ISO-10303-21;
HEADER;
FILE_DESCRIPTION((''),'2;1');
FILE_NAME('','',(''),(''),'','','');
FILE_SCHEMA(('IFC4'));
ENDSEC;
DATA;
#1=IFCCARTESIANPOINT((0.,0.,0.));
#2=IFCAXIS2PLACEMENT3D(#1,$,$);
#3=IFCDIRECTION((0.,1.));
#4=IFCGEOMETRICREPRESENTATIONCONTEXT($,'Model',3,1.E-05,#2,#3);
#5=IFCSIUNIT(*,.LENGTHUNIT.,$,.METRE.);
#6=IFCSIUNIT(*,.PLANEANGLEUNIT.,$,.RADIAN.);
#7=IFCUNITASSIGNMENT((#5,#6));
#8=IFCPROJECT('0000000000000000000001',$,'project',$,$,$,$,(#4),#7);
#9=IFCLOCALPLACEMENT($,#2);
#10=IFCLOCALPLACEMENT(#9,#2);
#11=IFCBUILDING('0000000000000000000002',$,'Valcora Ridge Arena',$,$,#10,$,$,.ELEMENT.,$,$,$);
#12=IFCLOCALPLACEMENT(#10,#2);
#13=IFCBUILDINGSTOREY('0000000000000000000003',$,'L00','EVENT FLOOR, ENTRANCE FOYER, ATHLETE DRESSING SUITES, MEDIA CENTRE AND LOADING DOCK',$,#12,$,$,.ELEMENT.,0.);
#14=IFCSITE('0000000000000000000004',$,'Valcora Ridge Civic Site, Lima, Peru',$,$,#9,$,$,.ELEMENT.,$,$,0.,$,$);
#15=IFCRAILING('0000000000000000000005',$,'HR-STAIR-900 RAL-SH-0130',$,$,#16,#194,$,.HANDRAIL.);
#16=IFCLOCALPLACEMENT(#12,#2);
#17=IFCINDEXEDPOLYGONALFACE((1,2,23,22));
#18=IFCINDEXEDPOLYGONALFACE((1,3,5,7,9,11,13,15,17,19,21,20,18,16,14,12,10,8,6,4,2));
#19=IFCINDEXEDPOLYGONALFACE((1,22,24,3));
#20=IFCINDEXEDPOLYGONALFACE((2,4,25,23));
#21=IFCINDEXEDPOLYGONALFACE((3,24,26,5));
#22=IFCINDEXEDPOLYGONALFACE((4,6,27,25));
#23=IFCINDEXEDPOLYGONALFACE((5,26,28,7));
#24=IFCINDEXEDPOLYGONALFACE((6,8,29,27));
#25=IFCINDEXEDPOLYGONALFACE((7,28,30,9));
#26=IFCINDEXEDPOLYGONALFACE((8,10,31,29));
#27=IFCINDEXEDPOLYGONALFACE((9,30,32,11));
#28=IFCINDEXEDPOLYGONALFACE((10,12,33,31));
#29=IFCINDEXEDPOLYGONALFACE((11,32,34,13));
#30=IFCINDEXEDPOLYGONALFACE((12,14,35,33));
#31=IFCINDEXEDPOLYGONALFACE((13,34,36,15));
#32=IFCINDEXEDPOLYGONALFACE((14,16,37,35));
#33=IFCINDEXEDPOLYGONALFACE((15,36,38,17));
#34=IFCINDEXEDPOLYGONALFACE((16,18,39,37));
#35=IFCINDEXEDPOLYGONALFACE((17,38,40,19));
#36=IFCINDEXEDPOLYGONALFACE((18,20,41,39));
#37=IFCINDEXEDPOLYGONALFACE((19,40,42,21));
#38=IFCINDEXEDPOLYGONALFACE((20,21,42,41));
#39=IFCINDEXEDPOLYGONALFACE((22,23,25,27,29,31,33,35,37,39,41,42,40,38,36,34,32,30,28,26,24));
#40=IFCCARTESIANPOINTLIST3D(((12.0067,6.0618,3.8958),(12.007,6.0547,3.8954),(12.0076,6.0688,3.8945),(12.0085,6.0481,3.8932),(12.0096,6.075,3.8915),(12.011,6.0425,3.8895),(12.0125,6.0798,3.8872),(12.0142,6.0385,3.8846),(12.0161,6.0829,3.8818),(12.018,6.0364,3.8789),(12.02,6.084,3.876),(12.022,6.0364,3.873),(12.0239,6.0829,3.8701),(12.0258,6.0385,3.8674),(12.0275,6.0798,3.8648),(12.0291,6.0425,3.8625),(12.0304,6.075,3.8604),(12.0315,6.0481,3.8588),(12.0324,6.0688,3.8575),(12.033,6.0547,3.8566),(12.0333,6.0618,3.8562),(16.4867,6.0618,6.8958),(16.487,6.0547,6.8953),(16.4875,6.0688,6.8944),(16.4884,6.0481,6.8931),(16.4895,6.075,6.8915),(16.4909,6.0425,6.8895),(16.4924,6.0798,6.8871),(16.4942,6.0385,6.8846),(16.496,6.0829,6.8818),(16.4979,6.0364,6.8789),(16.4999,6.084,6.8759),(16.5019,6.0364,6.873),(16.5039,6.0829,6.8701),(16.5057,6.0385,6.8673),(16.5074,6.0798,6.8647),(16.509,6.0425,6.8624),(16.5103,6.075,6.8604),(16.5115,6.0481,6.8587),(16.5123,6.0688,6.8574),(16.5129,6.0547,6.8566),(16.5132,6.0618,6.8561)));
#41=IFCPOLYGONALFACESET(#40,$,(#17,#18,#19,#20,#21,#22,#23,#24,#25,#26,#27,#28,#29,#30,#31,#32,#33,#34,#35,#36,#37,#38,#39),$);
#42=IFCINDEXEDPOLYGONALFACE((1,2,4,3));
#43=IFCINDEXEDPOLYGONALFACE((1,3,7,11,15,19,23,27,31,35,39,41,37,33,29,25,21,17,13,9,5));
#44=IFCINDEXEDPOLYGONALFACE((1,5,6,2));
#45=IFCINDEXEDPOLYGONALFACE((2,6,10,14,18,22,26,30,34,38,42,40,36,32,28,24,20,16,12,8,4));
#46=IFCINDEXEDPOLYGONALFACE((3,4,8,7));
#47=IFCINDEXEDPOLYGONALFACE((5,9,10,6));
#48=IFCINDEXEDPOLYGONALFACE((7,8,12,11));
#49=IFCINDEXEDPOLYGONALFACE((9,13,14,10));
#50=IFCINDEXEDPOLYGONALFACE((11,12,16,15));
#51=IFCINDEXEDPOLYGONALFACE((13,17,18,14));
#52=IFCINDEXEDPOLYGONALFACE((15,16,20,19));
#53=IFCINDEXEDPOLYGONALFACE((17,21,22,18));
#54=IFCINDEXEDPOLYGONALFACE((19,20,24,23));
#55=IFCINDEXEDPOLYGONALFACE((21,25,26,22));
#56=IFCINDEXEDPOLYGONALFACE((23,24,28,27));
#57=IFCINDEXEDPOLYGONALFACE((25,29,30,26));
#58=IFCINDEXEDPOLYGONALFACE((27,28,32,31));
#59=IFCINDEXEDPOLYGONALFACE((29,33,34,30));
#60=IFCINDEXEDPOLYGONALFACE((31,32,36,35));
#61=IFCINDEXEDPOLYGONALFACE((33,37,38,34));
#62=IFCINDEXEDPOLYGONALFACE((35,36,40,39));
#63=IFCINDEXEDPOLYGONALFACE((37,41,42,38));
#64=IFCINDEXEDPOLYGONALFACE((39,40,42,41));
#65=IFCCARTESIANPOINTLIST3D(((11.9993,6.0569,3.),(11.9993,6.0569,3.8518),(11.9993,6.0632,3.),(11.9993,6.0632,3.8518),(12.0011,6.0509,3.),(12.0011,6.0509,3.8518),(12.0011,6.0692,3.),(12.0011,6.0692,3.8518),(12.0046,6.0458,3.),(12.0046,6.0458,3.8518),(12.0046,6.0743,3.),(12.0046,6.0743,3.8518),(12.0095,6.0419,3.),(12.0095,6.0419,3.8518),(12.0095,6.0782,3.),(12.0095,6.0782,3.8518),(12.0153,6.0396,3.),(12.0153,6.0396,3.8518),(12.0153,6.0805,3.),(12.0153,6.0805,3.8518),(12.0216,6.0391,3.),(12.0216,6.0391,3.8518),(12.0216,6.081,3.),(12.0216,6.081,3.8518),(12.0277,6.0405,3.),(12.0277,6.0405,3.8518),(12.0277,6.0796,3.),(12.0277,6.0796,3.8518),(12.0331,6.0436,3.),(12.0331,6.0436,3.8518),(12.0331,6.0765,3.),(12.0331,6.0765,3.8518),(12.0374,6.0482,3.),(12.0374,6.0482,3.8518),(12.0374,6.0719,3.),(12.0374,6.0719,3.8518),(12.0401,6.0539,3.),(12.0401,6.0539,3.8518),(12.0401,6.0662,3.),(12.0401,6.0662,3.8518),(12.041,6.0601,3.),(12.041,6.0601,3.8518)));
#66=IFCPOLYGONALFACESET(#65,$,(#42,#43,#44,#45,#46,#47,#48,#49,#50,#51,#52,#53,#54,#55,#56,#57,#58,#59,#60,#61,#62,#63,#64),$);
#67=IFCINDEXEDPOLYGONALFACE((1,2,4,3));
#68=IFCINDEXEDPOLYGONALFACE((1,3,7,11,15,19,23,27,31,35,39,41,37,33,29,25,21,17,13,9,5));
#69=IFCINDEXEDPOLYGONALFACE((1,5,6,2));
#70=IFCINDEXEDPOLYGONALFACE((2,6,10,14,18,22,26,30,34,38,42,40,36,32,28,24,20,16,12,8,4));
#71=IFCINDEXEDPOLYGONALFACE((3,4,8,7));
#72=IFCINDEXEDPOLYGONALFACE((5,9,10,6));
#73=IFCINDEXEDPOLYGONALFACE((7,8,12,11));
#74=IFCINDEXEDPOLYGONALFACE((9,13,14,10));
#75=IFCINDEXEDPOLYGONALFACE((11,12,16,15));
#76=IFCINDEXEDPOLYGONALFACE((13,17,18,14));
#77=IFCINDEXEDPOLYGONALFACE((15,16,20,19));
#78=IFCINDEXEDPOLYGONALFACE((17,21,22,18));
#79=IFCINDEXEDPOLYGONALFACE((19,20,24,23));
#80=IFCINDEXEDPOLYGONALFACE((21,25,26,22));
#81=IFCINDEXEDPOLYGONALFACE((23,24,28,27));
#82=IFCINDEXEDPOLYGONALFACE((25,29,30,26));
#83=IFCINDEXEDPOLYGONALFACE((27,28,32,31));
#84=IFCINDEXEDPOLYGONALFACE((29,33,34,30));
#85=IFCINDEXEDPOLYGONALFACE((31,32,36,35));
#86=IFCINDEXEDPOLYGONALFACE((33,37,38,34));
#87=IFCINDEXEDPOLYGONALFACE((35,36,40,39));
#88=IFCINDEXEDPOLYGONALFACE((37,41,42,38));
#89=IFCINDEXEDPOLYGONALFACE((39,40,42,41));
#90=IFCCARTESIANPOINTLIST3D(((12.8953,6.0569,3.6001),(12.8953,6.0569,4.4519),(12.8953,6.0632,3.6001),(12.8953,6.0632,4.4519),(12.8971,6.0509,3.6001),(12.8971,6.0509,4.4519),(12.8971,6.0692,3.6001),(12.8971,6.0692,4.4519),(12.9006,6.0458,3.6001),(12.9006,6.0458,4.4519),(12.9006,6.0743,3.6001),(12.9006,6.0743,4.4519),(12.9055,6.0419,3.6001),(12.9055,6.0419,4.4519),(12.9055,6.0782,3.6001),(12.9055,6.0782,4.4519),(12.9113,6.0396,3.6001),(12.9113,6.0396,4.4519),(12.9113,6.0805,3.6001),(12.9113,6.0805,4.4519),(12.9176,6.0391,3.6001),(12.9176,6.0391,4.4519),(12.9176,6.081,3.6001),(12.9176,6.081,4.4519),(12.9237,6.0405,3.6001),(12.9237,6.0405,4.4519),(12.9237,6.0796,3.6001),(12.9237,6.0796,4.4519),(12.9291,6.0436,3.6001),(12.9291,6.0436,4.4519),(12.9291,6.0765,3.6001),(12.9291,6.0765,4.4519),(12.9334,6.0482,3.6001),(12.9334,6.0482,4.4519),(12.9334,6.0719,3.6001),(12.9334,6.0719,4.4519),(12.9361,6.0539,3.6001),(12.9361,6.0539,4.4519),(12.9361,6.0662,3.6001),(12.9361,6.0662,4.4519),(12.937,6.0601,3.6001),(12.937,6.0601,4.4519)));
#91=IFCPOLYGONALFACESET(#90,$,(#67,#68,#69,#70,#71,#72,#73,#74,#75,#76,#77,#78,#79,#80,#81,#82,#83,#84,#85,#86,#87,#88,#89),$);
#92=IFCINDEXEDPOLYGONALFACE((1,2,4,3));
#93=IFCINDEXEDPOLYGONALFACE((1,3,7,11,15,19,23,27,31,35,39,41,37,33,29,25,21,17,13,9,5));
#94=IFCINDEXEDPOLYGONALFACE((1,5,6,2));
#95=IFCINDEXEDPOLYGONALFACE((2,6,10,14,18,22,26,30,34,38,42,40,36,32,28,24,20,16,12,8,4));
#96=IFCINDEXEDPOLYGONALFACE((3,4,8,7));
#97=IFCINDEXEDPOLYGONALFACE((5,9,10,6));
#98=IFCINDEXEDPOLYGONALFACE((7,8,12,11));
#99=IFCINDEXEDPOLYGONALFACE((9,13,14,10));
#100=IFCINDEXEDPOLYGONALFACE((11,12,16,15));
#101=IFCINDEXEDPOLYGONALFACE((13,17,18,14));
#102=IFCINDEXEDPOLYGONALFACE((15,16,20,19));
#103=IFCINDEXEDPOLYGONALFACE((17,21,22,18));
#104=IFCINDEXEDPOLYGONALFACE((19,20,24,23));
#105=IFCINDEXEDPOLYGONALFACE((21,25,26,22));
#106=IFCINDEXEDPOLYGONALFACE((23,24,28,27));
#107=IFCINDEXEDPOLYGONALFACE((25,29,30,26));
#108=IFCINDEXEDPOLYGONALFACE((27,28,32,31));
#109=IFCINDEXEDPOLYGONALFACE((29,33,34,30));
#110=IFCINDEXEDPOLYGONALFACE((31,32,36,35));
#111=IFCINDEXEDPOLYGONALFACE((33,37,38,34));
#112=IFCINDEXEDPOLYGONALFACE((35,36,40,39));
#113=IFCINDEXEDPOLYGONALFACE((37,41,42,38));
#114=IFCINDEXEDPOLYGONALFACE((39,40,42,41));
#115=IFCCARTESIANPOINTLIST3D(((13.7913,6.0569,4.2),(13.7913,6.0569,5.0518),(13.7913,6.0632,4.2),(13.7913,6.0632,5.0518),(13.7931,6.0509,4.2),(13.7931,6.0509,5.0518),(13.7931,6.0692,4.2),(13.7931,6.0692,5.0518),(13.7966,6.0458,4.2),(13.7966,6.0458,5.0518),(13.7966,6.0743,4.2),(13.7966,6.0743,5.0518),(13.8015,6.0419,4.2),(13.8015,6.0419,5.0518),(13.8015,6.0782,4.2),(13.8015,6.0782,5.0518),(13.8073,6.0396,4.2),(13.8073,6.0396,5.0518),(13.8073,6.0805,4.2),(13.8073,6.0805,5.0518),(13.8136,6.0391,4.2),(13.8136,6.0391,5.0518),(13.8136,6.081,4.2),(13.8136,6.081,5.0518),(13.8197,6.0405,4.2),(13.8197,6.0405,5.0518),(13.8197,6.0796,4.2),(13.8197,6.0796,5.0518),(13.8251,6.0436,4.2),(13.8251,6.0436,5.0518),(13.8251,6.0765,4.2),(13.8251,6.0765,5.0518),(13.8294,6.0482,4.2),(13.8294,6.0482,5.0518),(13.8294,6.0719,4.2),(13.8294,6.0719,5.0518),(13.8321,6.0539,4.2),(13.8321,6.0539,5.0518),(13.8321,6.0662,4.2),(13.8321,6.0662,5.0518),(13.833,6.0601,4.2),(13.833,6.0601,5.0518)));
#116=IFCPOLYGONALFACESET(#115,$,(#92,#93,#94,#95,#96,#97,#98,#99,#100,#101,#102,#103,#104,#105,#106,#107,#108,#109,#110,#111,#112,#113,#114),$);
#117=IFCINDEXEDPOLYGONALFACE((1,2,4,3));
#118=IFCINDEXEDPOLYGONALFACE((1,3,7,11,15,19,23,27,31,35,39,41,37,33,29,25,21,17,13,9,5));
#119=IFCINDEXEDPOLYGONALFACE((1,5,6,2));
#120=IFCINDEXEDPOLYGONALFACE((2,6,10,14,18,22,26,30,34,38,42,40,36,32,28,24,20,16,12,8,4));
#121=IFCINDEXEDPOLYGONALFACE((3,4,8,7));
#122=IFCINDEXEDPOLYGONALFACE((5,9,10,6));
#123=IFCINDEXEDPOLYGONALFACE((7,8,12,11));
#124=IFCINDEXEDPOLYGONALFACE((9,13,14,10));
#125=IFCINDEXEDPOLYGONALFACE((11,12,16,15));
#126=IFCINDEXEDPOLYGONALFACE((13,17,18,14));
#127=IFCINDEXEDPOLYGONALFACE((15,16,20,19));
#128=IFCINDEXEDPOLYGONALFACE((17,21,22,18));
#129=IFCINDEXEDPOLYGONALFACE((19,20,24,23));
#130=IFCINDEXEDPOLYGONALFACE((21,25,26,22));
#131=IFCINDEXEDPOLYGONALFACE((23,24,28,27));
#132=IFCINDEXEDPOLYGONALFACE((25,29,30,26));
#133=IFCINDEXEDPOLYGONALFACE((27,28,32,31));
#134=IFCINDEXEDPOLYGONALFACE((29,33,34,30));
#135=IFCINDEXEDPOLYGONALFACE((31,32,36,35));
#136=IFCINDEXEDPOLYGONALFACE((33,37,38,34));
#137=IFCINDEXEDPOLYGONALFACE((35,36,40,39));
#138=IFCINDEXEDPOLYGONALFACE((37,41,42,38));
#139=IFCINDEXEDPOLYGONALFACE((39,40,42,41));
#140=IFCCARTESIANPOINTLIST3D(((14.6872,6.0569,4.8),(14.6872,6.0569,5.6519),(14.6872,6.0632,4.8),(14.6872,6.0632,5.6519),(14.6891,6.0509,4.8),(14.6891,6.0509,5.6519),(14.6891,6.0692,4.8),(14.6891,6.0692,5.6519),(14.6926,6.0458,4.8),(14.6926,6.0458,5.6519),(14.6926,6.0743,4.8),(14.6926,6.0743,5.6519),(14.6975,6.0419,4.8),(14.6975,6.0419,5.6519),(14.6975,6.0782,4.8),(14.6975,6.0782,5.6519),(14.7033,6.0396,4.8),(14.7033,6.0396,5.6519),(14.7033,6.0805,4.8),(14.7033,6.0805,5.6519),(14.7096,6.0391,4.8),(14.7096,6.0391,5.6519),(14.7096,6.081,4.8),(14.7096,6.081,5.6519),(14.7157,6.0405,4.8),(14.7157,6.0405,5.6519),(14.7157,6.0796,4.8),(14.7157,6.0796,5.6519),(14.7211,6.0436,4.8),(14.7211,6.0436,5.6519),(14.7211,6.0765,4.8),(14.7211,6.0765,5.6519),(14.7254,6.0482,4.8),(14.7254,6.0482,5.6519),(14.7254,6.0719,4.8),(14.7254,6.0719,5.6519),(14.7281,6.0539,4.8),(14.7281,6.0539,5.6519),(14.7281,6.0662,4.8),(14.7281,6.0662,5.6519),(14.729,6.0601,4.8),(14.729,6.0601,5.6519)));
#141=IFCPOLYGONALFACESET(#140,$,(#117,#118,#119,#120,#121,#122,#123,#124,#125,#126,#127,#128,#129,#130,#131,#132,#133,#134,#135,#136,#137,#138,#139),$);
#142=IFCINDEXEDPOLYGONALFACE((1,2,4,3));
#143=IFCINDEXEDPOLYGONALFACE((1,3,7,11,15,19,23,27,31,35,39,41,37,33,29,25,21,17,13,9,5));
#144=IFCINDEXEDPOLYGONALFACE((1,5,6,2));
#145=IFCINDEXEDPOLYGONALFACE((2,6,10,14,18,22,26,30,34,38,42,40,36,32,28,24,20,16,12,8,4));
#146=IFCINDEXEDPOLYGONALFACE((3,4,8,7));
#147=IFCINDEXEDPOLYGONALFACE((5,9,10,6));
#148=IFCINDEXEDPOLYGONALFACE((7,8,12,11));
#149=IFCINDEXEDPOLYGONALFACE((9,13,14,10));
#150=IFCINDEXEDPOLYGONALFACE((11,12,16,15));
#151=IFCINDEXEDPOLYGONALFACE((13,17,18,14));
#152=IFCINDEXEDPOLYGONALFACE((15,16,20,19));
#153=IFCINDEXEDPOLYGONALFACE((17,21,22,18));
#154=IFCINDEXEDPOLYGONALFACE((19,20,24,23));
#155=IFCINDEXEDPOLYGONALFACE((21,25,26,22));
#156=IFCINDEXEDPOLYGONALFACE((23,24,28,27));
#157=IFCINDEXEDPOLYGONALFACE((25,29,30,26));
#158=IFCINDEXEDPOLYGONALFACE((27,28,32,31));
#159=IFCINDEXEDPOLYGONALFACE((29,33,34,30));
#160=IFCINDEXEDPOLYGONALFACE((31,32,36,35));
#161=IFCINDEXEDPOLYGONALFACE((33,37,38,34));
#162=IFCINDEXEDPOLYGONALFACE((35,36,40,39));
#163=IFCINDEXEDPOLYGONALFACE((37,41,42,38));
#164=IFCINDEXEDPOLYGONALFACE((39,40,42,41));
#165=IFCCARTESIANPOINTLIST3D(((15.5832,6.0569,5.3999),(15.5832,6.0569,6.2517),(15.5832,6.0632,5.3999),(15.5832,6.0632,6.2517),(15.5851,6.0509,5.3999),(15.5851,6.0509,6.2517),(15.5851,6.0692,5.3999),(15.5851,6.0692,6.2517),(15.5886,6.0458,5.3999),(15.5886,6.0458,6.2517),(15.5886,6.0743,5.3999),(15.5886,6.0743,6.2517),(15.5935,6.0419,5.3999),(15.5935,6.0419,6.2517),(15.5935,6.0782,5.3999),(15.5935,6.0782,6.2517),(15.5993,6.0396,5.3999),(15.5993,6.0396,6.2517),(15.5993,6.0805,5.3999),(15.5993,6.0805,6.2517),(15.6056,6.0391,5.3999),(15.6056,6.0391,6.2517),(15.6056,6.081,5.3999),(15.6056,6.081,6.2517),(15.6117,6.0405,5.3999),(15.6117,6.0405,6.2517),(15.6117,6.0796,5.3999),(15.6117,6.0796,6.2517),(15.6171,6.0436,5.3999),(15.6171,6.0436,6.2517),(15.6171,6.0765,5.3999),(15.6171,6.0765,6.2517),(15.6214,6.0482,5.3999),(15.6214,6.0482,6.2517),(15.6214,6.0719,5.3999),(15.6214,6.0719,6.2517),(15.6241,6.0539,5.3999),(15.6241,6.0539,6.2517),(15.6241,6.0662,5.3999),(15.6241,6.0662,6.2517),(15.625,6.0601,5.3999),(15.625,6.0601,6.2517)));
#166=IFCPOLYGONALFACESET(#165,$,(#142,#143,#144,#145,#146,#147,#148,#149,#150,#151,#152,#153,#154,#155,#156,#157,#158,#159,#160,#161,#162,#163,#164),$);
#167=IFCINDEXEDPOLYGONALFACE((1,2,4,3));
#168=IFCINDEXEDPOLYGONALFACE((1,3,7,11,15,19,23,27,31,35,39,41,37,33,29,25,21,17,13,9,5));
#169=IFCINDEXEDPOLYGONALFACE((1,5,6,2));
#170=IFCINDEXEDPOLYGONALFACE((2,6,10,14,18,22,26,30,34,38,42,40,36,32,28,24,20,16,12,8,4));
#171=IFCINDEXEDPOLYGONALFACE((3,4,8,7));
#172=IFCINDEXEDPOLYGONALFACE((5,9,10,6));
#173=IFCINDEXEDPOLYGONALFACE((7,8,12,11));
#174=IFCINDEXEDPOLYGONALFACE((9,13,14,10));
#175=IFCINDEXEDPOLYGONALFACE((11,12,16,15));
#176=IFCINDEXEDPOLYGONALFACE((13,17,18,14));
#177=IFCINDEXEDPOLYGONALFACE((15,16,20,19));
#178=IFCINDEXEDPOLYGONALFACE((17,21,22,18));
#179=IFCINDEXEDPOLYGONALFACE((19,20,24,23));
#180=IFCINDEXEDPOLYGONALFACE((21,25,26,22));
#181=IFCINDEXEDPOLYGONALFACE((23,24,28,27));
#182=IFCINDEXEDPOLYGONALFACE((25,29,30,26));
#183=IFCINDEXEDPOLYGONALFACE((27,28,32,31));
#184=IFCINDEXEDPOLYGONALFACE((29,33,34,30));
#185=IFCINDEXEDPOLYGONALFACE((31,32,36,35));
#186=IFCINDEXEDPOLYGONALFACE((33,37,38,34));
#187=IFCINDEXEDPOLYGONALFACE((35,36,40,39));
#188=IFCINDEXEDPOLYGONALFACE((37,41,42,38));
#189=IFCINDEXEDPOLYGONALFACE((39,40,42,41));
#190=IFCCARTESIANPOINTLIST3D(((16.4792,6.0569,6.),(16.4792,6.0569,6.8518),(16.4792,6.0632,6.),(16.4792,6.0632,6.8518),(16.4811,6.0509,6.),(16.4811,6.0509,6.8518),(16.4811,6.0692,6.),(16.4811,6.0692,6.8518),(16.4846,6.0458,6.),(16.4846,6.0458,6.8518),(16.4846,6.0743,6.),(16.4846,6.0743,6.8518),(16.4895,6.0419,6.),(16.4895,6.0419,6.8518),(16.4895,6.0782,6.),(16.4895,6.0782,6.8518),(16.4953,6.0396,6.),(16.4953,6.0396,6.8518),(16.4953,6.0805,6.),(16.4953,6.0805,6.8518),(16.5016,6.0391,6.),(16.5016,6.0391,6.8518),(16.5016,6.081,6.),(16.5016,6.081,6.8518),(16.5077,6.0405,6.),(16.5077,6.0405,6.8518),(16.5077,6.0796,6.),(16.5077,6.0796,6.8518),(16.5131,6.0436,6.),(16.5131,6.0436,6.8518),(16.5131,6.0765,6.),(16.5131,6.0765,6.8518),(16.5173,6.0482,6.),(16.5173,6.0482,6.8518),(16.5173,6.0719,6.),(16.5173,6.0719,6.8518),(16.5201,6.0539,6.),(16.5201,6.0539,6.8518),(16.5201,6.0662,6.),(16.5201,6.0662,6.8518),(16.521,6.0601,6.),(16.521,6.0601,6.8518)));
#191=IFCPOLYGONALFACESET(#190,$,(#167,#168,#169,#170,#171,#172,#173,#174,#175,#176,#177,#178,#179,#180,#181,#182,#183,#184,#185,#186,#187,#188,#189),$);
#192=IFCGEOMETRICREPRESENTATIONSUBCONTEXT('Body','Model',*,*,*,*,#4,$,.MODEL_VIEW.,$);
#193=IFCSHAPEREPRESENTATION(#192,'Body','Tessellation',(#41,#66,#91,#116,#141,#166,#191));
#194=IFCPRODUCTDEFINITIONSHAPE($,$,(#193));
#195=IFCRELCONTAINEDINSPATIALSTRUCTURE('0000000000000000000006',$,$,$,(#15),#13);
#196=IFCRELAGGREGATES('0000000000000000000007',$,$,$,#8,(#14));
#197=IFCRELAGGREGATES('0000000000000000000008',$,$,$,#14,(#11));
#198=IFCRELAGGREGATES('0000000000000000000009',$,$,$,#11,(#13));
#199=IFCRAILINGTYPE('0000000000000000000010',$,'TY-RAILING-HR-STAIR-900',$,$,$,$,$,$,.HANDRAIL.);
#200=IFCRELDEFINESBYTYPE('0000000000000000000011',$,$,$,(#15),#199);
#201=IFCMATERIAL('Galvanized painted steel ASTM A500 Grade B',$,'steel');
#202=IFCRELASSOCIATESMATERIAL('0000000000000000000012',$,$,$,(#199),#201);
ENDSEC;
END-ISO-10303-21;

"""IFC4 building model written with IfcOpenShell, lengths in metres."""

from ifc_helpers import new_model, si_unit, direction, frame, origin, origin_2d, place, context, subcontext, project, spatial, circle, extrude, material, type_object, element, save


model = new_model("IFC4")

# Units and contexts
model_context = context("Model", 3, precision=1e-05, world=origin(), true_north=direction((0.0, 1.0)))
body_context = subcontext(model_context, "Body", "Model", "MODEL_VIEW")
ifc_project = project(units=[si_unit("LENGTHUNIT", "METRE"), si_unit("PLANEANGLEUNIT", "RADIAN")], contexts=[model_context])

# Site, building, storey
site_placement = place(None, origin())
site = spatial("IfcSite", under=ifc_project, at=site_placement, Name="Valcora Ridge Civic Site, Lima, Peru", CompositionType="ELEMENT", RefElevation=0.0)
building_placement = place(site_placement, origin())
building = spatial("IfcBuilding", under=site, at=building_placement, Name="Valcora Ridge Arena", CompositionType="ELEMENT")
storey_placement = place(building_placement, origin())
storey = spatial("IfcBuildingStorey", under=building, at=storey_placement, Name="L00", Description="EVENT FLOOR, ENTRANCE FOYER, ATHLETE DRESSING SUITES, MEDIA CENTRE AND LOADING DOCK", CompositionType="ELEMENT", Elevation=0.0)

# Railing
ifc_material_1 = material(Name="Galvanized painted steel ASTM A500 Grade B", Category="steel")
railing_type = type_object("IfcRailingType", Name="TY-RAILING-HR-STAIR-900", PredefinedType="HANDRAIL", material=ifc_material_1)
railing_placement = place(storey_placement, frame((12.02, 6.0601, 3.0)))
element("IfcRailing", 1, at=railing_placement, inside=storey, type_object=railing_type, Name="HR-STAIR-900 RAL-SH-0130", PredefinedType="HANDRAIL", context=body_context, shape_type="SweptSolid", body=[
    extrude(circle(Radius=0.0239, at=origin_2d()), frame((0.0, 0.0, 0.876), z_axis=(0.830906, 0.0, 0.556413), x_axis=(0.0, 1.0, 0.0)), (0.0, 0.0, 1.0), 5.3916),
    extrude(circle(Radius=0.021, at=origin_2d()), origin(), (0.0, 0.0, 1.0), 0.8518),
    extrude(circle(Radius=0.021, at=origin_2d()), frame((0.896, 0.0, 0.6001)), (0.0, 0.0, 1.0), 0.8518),
    extrude(circle(Radius=0.021, at=origin_2d()), frame((1.792, 0.0, 1.2)), (0.0, 0.0, 1.0), 0.8518),
    extrude(circle(Radius=0.021, at=origin_2d()), frame((2.688, 0.0, 1.8)), (0.0, 0.0, 1.0), 0.8518),
    extrude(circle(Radius=0.021, at=origin_2d()), frame((3.584, 0.0, 2.3999)), (0.0, 0.0, 1.0), 0.8518),
    extrude(circle(Radius=0.021, at=origin_2d()), frame((4.48, 0.0, 3.0)), (0.0, 0.0, 1.0), 0.8518),
])

save(model, "model.ifc")
